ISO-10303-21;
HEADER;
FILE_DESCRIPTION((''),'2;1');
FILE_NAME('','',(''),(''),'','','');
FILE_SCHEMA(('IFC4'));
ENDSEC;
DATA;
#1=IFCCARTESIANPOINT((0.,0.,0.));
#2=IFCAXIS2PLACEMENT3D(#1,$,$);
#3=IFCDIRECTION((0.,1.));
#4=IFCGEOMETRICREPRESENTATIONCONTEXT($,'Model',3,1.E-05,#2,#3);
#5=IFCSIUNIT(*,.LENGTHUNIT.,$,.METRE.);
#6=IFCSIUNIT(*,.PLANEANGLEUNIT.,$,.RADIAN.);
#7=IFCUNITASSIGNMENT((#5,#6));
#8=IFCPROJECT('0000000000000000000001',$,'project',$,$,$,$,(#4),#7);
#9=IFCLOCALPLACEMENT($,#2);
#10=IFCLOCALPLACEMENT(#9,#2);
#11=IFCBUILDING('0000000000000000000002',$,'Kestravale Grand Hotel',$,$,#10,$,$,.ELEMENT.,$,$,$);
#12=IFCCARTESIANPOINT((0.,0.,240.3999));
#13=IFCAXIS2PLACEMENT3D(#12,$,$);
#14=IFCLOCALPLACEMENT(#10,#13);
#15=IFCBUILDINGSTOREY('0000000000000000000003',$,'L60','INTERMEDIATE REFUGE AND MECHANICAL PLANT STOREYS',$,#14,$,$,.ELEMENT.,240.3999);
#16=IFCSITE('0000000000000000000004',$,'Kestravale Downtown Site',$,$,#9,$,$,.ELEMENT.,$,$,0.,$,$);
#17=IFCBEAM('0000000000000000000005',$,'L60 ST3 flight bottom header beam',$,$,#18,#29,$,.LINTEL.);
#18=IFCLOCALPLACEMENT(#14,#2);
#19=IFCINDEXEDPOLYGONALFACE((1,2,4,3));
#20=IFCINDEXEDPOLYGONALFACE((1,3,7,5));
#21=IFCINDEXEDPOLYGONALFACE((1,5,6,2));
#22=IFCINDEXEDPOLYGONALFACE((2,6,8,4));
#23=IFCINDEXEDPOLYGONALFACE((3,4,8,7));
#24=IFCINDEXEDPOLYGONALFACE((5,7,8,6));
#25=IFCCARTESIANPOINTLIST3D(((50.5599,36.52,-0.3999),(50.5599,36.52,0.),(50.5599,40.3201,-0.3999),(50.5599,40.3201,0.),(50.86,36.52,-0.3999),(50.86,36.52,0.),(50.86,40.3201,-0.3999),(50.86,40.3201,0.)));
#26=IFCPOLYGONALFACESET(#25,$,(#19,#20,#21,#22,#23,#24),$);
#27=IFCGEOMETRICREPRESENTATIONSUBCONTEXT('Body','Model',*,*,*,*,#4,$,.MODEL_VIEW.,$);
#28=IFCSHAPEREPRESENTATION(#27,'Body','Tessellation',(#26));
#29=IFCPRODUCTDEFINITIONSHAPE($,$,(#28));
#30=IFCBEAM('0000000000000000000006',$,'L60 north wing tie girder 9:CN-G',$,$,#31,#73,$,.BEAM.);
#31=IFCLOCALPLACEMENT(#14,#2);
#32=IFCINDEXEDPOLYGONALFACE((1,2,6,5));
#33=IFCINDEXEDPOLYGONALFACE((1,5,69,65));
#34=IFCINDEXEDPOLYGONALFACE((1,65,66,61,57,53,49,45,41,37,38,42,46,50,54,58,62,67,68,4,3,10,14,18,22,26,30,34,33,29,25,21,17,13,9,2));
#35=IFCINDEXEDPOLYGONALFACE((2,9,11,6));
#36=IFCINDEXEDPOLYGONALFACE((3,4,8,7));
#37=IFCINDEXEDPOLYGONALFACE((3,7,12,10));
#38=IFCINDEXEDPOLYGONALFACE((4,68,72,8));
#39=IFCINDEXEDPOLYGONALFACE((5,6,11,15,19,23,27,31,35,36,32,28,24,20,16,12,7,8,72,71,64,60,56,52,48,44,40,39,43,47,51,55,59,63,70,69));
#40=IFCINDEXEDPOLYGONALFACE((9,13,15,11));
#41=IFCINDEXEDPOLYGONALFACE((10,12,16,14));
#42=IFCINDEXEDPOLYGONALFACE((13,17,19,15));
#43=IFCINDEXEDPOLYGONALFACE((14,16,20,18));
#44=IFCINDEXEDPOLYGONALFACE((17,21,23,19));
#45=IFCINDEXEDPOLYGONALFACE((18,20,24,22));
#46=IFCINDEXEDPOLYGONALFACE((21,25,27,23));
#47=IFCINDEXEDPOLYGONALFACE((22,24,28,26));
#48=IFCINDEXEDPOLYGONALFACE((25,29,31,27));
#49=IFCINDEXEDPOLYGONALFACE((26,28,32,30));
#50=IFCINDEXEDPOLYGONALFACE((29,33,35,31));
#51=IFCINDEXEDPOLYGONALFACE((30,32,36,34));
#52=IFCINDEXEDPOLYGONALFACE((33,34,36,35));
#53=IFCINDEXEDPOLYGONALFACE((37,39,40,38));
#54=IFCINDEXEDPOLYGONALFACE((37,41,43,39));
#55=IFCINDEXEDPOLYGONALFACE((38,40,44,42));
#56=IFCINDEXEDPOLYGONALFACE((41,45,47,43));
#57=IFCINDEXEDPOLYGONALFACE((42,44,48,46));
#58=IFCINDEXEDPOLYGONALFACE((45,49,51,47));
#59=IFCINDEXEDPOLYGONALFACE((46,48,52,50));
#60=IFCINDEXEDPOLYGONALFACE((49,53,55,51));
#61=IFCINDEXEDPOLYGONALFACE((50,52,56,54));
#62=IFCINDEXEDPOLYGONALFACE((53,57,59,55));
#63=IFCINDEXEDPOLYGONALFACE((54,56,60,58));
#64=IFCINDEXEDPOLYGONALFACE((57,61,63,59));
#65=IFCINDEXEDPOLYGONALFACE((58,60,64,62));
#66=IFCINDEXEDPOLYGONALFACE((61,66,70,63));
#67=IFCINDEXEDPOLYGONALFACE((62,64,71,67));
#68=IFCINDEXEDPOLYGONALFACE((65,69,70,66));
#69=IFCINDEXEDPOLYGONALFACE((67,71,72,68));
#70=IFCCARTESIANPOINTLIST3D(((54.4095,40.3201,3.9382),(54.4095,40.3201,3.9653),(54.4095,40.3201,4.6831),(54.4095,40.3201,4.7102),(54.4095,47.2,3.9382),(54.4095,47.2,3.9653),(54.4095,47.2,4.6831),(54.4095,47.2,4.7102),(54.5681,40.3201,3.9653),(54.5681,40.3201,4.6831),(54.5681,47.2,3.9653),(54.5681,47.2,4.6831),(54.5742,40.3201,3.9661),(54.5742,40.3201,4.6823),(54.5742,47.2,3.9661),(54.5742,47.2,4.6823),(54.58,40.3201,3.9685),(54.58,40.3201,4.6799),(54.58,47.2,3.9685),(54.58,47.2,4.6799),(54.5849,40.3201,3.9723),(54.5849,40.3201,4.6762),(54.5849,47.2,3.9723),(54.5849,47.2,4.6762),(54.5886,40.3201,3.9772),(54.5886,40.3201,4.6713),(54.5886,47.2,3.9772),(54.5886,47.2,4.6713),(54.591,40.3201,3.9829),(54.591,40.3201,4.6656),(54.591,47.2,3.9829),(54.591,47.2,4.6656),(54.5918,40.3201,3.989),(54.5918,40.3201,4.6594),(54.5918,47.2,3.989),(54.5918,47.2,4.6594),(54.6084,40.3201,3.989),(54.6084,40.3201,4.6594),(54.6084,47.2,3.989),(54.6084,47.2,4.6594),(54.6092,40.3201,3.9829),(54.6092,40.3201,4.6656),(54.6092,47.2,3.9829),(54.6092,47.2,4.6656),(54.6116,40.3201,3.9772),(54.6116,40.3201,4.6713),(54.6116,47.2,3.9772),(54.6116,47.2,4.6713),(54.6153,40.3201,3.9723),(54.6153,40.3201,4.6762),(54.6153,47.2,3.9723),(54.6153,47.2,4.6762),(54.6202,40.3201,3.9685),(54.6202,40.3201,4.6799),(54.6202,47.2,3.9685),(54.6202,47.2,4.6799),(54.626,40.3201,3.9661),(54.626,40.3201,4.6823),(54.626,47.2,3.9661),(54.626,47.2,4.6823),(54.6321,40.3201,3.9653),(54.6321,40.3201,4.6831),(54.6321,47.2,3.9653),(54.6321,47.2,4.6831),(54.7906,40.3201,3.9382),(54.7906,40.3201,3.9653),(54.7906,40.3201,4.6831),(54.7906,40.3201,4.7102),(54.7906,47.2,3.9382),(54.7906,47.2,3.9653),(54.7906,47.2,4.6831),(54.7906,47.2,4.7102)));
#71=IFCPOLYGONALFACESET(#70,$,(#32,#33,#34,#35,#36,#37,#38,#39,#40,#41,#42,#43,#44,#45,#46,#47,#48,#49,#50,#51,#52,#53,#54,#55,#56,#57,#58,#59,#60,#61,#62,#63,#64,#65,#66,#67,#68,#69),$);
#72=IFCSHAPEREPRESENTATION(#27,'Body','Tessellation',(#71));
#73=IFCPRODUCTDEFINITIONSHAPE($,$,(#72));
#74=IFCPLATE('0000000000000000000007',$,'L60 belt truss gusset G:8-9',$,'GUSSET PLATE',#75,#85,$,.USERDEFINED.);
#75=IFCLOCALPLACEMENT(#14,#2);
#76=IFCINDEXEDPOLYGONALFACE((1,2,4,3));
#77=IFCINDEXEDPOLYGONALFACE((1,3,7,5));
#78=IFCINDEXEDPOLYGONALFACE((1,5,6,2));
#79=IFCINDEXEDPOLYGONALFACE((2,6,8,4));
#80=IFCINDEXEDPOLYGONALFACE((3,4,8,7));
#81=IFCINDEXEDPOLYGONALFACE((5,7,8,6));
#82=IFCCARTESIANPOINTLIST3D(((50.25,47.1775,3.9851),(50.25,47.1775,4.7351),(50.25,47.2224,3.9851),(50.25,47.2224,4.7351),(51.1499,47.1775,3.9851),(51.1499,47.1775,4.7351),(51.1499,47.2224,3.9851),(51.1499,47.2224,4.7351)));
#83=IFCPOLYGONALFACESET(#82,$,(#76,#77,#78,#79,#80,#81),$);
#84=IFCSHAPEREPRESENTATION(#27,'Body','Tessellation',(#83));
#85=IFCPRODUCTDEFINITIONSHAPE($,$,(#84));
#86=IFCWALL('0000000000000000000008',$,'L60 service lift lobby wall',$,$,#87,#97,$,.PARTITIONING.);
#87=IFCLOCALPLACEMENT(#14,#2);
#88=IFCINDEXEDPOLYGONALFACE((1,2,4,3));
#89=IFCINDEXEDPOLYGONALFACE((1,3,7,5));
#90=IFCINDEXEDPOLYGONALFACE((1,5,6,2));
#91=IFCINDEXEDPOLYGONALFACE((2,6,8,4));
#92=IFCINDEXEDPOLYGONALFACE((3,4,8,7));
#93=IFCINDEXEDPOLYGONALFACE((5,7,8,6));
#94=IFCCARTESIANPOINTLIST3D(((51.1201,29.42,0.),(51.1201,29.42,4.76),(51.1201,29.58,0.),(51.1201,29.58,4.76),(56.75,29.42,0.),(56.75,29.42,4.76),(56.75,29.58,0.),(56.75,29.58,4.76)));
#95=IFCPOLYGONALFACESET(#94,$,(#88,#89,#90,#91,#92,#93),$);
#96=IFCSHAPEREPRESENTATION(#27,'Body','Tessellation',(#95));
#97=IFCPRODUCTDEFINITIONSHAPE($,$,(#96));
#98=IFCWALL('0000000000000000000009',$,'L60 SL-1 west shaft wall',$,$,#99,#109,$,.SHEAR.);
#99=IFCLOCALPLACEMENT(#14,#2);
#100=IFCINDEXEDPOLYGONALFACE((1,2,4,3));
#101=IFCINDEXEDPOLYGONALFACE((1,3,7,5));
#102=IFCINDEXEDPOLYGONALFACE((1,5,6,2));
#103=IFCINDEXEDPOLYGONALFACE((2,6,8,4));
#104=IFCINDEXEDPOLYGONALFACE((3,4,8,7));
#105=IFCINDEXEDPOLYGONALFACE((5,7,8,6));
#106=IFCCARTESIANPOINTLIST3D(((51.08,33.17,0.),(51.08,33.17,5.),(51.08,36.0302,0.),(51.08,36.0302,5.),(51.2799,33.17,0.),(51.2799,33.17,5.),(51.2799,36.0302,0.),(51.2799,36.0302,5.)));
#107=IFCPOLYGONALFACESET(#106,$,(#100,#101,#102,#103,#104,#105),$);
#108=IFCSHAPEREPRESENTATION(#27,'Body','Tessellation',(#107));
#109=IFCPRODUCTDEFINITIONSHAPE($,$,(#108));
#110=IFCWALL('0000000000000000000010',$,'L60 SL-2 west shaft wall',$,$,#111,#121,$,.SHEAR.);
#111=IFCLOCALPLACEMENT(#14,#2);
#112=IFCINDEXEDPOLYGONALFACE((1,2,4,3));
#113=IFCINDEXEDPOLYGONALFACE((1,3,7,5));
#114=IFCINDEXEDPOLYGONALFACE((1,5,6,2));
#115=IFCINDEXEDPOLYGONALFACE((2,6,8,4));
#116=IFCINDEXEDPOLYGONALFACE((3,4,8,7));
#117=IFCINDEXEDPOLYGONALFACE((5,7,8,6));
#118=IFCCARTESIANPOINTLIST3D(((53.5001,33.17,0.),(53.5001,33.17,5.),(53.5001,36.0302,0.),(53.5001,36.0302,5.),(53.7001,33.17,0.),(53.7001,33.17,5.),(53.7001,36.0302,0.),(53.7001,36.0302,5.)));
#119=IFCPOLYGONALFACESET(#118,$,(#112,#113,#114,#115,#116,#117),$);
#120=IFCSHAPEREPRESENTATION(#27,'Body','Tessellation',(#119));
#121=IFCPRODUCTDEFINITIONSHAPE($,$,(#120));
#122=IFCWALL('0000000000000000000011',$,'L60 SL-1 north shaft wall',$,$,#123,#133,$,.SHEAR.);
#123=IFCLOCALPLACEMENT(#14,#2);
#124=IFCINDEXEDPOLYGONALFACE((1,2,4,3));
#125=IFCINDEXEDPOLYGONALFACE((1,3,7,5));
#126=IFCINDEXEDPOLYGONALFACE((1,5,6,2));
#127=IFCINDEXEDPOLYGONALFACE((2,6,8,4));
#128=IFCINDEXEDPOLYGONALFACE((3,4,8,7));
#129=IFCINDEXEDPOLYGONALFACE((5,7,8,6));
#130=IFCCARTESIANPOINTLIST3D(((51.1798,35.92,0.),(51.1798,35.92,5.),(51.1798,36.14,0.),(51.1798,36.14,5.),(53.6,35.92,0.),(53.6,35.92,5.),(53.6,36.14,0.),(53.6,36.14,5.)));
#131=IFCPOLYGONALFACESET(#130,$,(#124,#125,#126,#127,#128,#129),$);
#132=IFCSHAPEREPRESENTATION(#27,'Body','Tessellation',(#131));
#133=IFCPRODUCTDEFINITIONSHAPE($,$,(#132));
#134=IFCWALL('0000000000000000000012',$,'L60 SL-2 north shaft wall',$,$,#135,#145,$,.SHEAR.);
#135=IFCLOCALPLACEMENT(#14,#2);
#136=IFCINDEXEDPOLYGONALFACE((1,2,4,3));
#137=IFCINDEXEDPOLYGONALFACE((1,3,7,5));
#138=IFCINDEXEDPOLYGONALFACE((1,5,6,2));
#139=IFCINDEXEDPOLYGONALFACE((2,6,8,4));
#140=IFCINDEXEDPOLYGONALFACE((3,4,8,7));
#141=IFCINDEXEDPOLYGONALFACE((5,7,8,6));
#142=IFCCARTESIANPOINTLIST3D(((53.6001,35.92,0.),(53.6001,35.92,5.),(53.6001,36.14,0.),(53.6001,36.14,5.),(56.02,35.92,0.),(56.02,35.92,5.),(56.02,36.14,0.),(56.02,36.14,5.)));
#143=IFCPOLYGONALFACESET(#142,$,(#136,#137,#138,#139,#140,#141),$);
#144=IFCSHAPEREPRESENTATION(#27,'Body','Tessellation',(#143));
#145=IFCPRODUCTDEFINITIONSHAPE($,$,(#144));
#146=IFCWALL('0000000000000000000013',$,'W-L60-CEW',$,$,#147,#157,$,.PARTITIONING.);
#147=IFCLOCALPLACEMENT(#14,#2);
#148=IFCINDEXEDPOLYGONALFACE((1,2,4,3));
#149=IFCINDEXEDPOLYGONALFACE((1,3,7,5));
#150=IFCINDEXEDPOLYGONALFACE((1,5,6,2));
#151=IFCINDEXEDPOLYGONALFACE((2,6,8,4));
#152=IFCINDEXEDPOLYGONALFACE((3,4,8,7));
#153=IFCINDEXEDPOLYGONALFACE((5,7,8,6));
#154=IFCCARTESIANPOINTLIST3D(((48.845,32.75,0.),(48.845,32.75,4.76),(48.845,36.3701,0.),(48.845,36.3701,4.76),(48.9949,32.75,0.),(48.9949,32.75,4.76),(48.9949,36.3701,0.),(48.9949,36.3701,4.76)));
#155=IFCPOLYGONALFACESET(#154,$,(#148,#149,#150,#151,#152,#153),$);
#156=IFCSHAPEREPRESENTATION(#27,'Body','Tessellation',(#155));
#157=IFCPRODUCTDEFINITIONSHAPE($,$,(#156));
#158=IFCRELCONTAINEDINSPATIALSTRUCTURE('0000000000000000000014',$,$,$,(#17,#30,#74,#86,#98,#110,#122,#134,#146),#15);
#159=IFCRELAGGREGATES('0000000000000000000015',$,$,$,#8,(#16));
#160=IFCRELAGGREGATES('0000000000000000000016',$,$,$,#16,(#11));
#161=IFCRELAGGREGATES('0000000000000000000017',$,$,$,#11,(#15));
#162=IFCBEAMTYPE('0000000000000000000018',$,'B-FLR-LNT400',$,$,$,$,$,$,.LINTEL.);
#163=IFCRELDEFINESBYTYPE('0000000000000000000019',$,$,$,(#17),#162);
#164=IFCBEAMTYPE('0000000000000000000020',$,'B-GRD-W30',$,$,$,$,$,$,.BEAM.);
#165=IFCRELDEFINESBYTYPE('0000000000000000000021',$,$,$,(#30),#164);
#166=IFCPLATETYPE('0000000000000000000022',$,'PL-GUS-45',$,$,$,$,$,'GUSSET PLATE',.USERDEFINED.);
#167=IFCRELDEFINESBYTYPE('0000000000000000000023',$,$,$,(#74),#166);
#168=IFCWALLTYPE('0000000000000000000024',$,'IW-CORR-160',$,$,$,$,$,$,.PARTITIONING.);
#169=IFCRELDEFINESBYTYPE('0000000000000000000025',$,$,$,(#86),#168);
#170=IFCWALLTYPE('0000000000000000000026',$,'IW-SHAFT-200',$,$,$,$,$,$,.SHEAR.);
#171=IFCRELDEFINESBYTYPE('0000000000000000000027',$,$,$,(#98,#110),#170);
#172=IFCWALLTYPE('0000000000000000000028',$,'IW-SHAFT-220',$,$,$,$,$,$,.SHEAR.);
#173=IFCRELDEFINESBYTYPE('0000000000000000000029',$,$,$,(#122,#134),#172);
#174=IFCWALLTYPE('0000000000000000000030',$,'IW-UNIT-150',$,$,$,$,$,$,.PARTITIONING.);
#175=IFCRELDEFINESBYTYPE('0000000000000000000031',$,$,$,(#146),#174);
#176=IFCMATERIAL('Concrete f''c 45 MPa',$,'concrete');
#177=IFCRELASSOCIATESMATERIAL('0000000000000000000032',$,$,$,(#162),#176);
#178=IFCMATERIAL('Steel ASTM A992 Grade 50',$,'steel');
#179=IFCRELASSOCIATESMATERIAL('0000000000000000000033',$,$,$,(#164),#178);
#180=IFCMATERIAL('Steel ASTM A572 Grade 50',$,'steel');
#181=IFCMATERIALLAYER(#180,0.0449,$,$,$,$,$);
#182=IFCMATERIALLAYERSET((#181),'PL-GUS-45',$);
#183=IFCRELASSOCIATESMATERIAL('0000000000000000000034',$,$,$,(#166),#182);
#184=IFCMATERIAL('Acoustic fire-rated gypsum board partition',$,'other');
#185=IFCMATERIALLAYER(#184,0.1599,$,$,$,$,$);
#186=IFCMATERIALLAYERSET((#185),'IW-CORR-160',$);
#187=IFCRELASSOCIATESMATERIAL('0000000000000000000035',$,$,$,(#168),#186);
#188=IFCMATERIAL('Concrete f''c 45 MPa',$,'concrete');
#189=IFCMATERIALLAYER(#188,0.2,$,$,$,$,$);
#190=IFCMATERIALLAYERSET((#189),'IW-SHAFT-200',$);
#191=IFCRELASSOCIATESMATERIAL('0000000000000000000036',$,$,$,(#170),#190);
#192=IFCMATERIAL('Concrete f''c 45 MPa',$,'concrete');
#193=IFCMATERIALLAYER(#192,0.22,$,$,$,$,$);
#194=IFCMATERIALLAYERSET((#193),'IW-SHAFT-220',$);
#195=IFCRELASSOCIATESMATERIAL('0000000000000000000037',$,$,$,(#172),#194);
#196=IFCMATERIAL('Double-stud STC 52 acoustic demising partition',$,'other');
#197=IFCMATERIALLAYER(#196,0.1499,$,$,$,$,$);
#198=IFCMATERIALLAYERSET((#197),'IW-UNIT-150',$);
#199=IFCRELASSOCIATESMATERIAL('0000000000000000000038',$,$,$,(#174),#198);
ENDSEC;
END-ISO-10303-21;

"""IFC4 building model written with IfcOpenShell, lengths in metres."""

from ifc_helpers import new_model, si_unit, direction, frame, frame_2d, origin, origin_2d, place, context, subcontext, project, spatial, rectangle, i_section, extrude, material, layer, layer_set, material_profile, profile_set, type_object, element, save


model = new_model("IFC4")

# Units and contexts
model_context = context("Model", 3, precision=1e-05, world=origin(), true_north=direction((0.0, 1.0)))
body_context = subcontext(model_context, "Body", "Model", "MODEL_VIEW")
ifc_project = project(units=[si_unit("LENGTHUNIT", "METRE"), si_unit("PLANEANGLEUNIT", "RADIAN")], contexts=[model_context])

# Site, building, storey
site_placement = place(None, origin())
site = spatial("IfcSite", under=ifc_project, at=site_placement, Name="Kestravale Downtown Site", CompositionType="ELEMENT", RefElevation=0.0)
building_placement = place(site_placement, origin())
building = spatial("IfcBuilding", under=site, at=building_placement, Name="Kestravale Grand Hotel", CompositionType="ELEMENT")
storey_placement = place(building_placement, frame((0.0, 0.0, 240.3999)))
storey = spatial("IfcBuildingStorey", under=building, at=storey_placement, Name="L60", Description="INTERMEDIATE REFUGE AND MECHANICAL PLANT STOREYS", CompositionType="ELEMENT", Elevation=240.3999)

# Beams
ifc_material_1 = material(Name="Concrete f'c 45 MPa", Category="concrete")
ifc_material_profile_1 = material_profile(ifc_material_1, rectangle(XDim=0.3, YDim=0.3999, at=origin_2d()))
ifc_profile_set_1 = profile_set([ifc_material_profile_1], Name="Concrete f'c 45 MPa")
beam_type_1 = type_object("IfcBeamType", Name="B-FLR-LNT400", PredefinedType="LINTEL", material=ifc_profile_set_1)
beam_1_placement = place(storey_placement, frame((50.71, 36.52, -0.2), z_axis=(0.0, 1.0, 0.0), x_axis=(-1.0, 0.0, 0.0)))
element("IfcBeam", 1, at=beam_1_placement, inside=storey, type_object=beam_type_1, Name="L60 ST3 flight bottom header beam", PredefinedType="LINTEL", context=body_context, shape_type="SweptSolid", body=[
    extrude(rectangle(XDim=0.3, YDim=0.3999, at=origin_2d()), origin(), (0.0, 0.0, 1.0), 3.8),
])
ifc_material_2 = material(Name="Steel ASTM A992 Grade 50", Category="steel")
ifc_material_profile_2 = material_profile(ifc_material_2, i_section(OverallWidth=0.3811, OverallDepth=0.772, WebThickness=0.0166, FlangeThickness=0.0271, FilletRadius=0.0237, at=origin_2d()))
ifc_profile_set_2 = profile_set([ifc_material_profile_2], Name="Steel ASTM A992 Grade 50")
beam_type_2 = type_object("IfcBeamType", Name="B-GRD-W30", PredefinedType="BEAM", material=ifc_profile_set_2)
beam_2_placement = place(storey_placement, frame((54.6001, 40.3201, 4.3242), z_axis=(0.0, 1.0, 0.0), x_axis=(-1.0, 0.0, 0.0)))
element("IfcBeam", 2, at=beam_2_placement, inside=storey, type_object=beam_type_2, Name="L60 north wing tie girder 9:CN-G", PredefinedType="BEAM", context=body_context, shape_type="SweptSolid", body=[
    extrude(i_section(OverallWidth=0.3811, OverallDepth=0.772, WebThickness=0.0166, FlangeThickness=0.0271, FilletRadius=0.0237, at=origin_2d()), origin(), (0.0, 0.0, 1.0), 6.8799),
])

# Plate
ifc_material_3 = material(Name="Steel ASTM A572 Grade 50", Category="steel")
ifc_layer_1 = layer(ifc_material_3, 0.0449)
ifc_layer_set_1 = layer_set([ifc_layer_1], Name="PL-GUS-45")
plate_type = type_object("IfcPlateType", Name="PL-GUS-45", ElementType="GUSSET PLATE", PredefinedType="USERDEFINED", material=ifc_layer_set_1)
plate_placement = place(storey_placement, frame((50.7, 47.2, 3.9851), z_axis=(0.0, 0.0, 1.0), x_axis=(1.0, 0.0, 0.0)))
element("IfcPlate", 3, at=plate_placement, inside=storey, type_object=plate_type, Name="L60 belt truss gusset G:8-9", ObjectType="GUSSET PLATE", PredefinedType="USERDEFINED", context=body_context, shape_type="SweptSolid", body=[
    extrude(rectangle(XDim=0.8999, YDim=0.0449, at=origin_2d()), origin(), (0.0, 0.0, 1.0), 0.75),
])

# Walls
ifc_material_4 = material(Name="Acoustic fire-rated gypsum board partition", Category="other")
ifc_layer_2 = layer(ifc_material_4, 0.1599)
ifc_layer_set_2 = layer_set([ifc_layer_2], Name="IW-CORR-160")
wall_type_1 = type_object("IfcWallType", Name="IW-CORR-160", PredefinedType="PARTITIONING", material=ifc_layer_set_2)
wall_1_placement = place(storey_placement, frame((51.1201, 29.5, 0.0), z_axis=(0.0, 0.0, 1.0), x_axis=(1.0, 0.0, 0.0)))
element("IfcWall", 4, at=wall_1_placement, inside=storey, type_object=wall_type_1, Name="L60 service lift lobby wall", PredefinedType="PARTITIONING", context=body_context, shape_type="SweptSolid", body=[
    extrude(rectangle(XDim=5.6299, YDim=0.1599, at=frame_2d((2.8149, 0.0))), origin(), (0.0, 0.0, 1.0), 4.76),
])
ifc_material_5 = material(Name="Concrete f'c 45 MPa", Category="concrete")
ifc_layer_3 = layer(ifc_material_5, 0.2)
ifc_layer_set_3 = layer_set([ifc_layer_3], Name="IW-SHAFT-200")
wall_type_2 = type_object("IfcWallType", Name="IW-SHAFT-200", PredefinedType="SHEAR", material=ifc_layer_set_3)
for number, where, z_axis, x_axis, name in (
    (5, (51.1799, 33.1699, 0.0), (0.0, 0.0, 1.0), (0.0, 1.0, 0.0), "L60 SL-1 west shaft wall"),
    (6, (53.6001, 33.1699, 0.0), (0.0, 0.0, 1.0), (0.0, 1.0, 0.0), "L60 SL-2 west shaft wall"),
):
    element("IfcWall", number, at=place(storey_placement, frame(where, z_axis=z_axis, x_axis=x_axis)), inside=storey, type_object=wall_type_2, Name=name, PredefinedType="SHEAR", context=body_context, shape_type="SweptSolid", body=[
        extrude(rectangle(XDim=2.8601, YDim=0.2, at=frame_2d((1.4302, 0.0))), origin(), (0.0, 0.0, 1.0), 5.0),
    ])
ifc_material_6 = material(Name="Concrete f'c 45 MPa", Category="concrete")
ifc_layer_4 = layer(ifc_material_6, 0.22)
ifc_layer_set_4 = layer_set([ifc_layer_4], Name="IW-SHAFT-220")
wall_type_3 = type_object("IfcWallType", Name="IW-SHAFT-220", PredefinedType="SHEAR", material=ifc_layer_set_4)
wall_2_placement = place(storey_placement, frame((51.1799, 36.03, 0.0), z_axis=(0.0, 0.0, 1.0), x_axis=(1.0, 0.0, 0.0)))
element("IfcWall", 7, at=wall_2_placement, inside=storey, type_object=wall_type_3, Name="L60 SL-1 north shaft wall", PredefinedType="SHEAR", context=body_context, shape_type="SweptSolid", body=[
    extrude(rectangle(XDim=2.4202, YDim=0.22, at=frame_2d((1.21, 0.0))), origin(), (0.0, 0.0, 1.0), 5.0),
])

# Wall
wall_3_placement = place(storey_placement, frame((53.6001, 36.03, 0.0), z_axis=(0.0, 0.0, 1.0), x_axis=(1.0, 0.0, 0.0)))
element("IfcWall", 8, at=wall_3_placement, inside=storey, type_object=wall_type_3, Name="L60 SL-2 north shaft wall", PredefinedType="SHEAR", context=body_context, shape_type="SweptSolid", body=[
    extrude(rectangle(XDim=2.4199, YDim=0.22, at=frame_2d((1.21, 0.0))), origin(), (0.0, 0.0, 1.0), 5.0),
])

# Wall
ifc_material_7 = material(Name="Double-stud STC 52 acoustic demising partition", Category="other")
ifc_layer_5 = layer(ifc_material_7, 0.1499)
ifc_layer_set_5 = layer_set([ifc_layer_5], Name="IW-UNIT-150")
wall_type_4 = type_object("IfcWallType", Name="IW-UNIT-150", PredefinedType="PARTITIONING", material=ifc_layer_set_5)
wall_4_placement = place(storey_placement, frame((48.9199, 32.75, 0.0), z_axis=(0.0, 0.0, 1.0), x_axis=(0.0, 1.0, 0.0)))
element("IfcWall", 9, at=wall_4_placement, inside=storey, type_object=wall_type_4, Name="W-L60-CEW", PredefinedType="PARTITIONING", context=body_context, shape_type="SweptSolid", body=[
    extrude(rectangle(XDim=3.6201, YDim=0.1499, at=frame_2d((1.8101, 0.0))), origin(), (0.0, 0.0, 1.0), 4.76),
])

save(model, "model.ifc")
